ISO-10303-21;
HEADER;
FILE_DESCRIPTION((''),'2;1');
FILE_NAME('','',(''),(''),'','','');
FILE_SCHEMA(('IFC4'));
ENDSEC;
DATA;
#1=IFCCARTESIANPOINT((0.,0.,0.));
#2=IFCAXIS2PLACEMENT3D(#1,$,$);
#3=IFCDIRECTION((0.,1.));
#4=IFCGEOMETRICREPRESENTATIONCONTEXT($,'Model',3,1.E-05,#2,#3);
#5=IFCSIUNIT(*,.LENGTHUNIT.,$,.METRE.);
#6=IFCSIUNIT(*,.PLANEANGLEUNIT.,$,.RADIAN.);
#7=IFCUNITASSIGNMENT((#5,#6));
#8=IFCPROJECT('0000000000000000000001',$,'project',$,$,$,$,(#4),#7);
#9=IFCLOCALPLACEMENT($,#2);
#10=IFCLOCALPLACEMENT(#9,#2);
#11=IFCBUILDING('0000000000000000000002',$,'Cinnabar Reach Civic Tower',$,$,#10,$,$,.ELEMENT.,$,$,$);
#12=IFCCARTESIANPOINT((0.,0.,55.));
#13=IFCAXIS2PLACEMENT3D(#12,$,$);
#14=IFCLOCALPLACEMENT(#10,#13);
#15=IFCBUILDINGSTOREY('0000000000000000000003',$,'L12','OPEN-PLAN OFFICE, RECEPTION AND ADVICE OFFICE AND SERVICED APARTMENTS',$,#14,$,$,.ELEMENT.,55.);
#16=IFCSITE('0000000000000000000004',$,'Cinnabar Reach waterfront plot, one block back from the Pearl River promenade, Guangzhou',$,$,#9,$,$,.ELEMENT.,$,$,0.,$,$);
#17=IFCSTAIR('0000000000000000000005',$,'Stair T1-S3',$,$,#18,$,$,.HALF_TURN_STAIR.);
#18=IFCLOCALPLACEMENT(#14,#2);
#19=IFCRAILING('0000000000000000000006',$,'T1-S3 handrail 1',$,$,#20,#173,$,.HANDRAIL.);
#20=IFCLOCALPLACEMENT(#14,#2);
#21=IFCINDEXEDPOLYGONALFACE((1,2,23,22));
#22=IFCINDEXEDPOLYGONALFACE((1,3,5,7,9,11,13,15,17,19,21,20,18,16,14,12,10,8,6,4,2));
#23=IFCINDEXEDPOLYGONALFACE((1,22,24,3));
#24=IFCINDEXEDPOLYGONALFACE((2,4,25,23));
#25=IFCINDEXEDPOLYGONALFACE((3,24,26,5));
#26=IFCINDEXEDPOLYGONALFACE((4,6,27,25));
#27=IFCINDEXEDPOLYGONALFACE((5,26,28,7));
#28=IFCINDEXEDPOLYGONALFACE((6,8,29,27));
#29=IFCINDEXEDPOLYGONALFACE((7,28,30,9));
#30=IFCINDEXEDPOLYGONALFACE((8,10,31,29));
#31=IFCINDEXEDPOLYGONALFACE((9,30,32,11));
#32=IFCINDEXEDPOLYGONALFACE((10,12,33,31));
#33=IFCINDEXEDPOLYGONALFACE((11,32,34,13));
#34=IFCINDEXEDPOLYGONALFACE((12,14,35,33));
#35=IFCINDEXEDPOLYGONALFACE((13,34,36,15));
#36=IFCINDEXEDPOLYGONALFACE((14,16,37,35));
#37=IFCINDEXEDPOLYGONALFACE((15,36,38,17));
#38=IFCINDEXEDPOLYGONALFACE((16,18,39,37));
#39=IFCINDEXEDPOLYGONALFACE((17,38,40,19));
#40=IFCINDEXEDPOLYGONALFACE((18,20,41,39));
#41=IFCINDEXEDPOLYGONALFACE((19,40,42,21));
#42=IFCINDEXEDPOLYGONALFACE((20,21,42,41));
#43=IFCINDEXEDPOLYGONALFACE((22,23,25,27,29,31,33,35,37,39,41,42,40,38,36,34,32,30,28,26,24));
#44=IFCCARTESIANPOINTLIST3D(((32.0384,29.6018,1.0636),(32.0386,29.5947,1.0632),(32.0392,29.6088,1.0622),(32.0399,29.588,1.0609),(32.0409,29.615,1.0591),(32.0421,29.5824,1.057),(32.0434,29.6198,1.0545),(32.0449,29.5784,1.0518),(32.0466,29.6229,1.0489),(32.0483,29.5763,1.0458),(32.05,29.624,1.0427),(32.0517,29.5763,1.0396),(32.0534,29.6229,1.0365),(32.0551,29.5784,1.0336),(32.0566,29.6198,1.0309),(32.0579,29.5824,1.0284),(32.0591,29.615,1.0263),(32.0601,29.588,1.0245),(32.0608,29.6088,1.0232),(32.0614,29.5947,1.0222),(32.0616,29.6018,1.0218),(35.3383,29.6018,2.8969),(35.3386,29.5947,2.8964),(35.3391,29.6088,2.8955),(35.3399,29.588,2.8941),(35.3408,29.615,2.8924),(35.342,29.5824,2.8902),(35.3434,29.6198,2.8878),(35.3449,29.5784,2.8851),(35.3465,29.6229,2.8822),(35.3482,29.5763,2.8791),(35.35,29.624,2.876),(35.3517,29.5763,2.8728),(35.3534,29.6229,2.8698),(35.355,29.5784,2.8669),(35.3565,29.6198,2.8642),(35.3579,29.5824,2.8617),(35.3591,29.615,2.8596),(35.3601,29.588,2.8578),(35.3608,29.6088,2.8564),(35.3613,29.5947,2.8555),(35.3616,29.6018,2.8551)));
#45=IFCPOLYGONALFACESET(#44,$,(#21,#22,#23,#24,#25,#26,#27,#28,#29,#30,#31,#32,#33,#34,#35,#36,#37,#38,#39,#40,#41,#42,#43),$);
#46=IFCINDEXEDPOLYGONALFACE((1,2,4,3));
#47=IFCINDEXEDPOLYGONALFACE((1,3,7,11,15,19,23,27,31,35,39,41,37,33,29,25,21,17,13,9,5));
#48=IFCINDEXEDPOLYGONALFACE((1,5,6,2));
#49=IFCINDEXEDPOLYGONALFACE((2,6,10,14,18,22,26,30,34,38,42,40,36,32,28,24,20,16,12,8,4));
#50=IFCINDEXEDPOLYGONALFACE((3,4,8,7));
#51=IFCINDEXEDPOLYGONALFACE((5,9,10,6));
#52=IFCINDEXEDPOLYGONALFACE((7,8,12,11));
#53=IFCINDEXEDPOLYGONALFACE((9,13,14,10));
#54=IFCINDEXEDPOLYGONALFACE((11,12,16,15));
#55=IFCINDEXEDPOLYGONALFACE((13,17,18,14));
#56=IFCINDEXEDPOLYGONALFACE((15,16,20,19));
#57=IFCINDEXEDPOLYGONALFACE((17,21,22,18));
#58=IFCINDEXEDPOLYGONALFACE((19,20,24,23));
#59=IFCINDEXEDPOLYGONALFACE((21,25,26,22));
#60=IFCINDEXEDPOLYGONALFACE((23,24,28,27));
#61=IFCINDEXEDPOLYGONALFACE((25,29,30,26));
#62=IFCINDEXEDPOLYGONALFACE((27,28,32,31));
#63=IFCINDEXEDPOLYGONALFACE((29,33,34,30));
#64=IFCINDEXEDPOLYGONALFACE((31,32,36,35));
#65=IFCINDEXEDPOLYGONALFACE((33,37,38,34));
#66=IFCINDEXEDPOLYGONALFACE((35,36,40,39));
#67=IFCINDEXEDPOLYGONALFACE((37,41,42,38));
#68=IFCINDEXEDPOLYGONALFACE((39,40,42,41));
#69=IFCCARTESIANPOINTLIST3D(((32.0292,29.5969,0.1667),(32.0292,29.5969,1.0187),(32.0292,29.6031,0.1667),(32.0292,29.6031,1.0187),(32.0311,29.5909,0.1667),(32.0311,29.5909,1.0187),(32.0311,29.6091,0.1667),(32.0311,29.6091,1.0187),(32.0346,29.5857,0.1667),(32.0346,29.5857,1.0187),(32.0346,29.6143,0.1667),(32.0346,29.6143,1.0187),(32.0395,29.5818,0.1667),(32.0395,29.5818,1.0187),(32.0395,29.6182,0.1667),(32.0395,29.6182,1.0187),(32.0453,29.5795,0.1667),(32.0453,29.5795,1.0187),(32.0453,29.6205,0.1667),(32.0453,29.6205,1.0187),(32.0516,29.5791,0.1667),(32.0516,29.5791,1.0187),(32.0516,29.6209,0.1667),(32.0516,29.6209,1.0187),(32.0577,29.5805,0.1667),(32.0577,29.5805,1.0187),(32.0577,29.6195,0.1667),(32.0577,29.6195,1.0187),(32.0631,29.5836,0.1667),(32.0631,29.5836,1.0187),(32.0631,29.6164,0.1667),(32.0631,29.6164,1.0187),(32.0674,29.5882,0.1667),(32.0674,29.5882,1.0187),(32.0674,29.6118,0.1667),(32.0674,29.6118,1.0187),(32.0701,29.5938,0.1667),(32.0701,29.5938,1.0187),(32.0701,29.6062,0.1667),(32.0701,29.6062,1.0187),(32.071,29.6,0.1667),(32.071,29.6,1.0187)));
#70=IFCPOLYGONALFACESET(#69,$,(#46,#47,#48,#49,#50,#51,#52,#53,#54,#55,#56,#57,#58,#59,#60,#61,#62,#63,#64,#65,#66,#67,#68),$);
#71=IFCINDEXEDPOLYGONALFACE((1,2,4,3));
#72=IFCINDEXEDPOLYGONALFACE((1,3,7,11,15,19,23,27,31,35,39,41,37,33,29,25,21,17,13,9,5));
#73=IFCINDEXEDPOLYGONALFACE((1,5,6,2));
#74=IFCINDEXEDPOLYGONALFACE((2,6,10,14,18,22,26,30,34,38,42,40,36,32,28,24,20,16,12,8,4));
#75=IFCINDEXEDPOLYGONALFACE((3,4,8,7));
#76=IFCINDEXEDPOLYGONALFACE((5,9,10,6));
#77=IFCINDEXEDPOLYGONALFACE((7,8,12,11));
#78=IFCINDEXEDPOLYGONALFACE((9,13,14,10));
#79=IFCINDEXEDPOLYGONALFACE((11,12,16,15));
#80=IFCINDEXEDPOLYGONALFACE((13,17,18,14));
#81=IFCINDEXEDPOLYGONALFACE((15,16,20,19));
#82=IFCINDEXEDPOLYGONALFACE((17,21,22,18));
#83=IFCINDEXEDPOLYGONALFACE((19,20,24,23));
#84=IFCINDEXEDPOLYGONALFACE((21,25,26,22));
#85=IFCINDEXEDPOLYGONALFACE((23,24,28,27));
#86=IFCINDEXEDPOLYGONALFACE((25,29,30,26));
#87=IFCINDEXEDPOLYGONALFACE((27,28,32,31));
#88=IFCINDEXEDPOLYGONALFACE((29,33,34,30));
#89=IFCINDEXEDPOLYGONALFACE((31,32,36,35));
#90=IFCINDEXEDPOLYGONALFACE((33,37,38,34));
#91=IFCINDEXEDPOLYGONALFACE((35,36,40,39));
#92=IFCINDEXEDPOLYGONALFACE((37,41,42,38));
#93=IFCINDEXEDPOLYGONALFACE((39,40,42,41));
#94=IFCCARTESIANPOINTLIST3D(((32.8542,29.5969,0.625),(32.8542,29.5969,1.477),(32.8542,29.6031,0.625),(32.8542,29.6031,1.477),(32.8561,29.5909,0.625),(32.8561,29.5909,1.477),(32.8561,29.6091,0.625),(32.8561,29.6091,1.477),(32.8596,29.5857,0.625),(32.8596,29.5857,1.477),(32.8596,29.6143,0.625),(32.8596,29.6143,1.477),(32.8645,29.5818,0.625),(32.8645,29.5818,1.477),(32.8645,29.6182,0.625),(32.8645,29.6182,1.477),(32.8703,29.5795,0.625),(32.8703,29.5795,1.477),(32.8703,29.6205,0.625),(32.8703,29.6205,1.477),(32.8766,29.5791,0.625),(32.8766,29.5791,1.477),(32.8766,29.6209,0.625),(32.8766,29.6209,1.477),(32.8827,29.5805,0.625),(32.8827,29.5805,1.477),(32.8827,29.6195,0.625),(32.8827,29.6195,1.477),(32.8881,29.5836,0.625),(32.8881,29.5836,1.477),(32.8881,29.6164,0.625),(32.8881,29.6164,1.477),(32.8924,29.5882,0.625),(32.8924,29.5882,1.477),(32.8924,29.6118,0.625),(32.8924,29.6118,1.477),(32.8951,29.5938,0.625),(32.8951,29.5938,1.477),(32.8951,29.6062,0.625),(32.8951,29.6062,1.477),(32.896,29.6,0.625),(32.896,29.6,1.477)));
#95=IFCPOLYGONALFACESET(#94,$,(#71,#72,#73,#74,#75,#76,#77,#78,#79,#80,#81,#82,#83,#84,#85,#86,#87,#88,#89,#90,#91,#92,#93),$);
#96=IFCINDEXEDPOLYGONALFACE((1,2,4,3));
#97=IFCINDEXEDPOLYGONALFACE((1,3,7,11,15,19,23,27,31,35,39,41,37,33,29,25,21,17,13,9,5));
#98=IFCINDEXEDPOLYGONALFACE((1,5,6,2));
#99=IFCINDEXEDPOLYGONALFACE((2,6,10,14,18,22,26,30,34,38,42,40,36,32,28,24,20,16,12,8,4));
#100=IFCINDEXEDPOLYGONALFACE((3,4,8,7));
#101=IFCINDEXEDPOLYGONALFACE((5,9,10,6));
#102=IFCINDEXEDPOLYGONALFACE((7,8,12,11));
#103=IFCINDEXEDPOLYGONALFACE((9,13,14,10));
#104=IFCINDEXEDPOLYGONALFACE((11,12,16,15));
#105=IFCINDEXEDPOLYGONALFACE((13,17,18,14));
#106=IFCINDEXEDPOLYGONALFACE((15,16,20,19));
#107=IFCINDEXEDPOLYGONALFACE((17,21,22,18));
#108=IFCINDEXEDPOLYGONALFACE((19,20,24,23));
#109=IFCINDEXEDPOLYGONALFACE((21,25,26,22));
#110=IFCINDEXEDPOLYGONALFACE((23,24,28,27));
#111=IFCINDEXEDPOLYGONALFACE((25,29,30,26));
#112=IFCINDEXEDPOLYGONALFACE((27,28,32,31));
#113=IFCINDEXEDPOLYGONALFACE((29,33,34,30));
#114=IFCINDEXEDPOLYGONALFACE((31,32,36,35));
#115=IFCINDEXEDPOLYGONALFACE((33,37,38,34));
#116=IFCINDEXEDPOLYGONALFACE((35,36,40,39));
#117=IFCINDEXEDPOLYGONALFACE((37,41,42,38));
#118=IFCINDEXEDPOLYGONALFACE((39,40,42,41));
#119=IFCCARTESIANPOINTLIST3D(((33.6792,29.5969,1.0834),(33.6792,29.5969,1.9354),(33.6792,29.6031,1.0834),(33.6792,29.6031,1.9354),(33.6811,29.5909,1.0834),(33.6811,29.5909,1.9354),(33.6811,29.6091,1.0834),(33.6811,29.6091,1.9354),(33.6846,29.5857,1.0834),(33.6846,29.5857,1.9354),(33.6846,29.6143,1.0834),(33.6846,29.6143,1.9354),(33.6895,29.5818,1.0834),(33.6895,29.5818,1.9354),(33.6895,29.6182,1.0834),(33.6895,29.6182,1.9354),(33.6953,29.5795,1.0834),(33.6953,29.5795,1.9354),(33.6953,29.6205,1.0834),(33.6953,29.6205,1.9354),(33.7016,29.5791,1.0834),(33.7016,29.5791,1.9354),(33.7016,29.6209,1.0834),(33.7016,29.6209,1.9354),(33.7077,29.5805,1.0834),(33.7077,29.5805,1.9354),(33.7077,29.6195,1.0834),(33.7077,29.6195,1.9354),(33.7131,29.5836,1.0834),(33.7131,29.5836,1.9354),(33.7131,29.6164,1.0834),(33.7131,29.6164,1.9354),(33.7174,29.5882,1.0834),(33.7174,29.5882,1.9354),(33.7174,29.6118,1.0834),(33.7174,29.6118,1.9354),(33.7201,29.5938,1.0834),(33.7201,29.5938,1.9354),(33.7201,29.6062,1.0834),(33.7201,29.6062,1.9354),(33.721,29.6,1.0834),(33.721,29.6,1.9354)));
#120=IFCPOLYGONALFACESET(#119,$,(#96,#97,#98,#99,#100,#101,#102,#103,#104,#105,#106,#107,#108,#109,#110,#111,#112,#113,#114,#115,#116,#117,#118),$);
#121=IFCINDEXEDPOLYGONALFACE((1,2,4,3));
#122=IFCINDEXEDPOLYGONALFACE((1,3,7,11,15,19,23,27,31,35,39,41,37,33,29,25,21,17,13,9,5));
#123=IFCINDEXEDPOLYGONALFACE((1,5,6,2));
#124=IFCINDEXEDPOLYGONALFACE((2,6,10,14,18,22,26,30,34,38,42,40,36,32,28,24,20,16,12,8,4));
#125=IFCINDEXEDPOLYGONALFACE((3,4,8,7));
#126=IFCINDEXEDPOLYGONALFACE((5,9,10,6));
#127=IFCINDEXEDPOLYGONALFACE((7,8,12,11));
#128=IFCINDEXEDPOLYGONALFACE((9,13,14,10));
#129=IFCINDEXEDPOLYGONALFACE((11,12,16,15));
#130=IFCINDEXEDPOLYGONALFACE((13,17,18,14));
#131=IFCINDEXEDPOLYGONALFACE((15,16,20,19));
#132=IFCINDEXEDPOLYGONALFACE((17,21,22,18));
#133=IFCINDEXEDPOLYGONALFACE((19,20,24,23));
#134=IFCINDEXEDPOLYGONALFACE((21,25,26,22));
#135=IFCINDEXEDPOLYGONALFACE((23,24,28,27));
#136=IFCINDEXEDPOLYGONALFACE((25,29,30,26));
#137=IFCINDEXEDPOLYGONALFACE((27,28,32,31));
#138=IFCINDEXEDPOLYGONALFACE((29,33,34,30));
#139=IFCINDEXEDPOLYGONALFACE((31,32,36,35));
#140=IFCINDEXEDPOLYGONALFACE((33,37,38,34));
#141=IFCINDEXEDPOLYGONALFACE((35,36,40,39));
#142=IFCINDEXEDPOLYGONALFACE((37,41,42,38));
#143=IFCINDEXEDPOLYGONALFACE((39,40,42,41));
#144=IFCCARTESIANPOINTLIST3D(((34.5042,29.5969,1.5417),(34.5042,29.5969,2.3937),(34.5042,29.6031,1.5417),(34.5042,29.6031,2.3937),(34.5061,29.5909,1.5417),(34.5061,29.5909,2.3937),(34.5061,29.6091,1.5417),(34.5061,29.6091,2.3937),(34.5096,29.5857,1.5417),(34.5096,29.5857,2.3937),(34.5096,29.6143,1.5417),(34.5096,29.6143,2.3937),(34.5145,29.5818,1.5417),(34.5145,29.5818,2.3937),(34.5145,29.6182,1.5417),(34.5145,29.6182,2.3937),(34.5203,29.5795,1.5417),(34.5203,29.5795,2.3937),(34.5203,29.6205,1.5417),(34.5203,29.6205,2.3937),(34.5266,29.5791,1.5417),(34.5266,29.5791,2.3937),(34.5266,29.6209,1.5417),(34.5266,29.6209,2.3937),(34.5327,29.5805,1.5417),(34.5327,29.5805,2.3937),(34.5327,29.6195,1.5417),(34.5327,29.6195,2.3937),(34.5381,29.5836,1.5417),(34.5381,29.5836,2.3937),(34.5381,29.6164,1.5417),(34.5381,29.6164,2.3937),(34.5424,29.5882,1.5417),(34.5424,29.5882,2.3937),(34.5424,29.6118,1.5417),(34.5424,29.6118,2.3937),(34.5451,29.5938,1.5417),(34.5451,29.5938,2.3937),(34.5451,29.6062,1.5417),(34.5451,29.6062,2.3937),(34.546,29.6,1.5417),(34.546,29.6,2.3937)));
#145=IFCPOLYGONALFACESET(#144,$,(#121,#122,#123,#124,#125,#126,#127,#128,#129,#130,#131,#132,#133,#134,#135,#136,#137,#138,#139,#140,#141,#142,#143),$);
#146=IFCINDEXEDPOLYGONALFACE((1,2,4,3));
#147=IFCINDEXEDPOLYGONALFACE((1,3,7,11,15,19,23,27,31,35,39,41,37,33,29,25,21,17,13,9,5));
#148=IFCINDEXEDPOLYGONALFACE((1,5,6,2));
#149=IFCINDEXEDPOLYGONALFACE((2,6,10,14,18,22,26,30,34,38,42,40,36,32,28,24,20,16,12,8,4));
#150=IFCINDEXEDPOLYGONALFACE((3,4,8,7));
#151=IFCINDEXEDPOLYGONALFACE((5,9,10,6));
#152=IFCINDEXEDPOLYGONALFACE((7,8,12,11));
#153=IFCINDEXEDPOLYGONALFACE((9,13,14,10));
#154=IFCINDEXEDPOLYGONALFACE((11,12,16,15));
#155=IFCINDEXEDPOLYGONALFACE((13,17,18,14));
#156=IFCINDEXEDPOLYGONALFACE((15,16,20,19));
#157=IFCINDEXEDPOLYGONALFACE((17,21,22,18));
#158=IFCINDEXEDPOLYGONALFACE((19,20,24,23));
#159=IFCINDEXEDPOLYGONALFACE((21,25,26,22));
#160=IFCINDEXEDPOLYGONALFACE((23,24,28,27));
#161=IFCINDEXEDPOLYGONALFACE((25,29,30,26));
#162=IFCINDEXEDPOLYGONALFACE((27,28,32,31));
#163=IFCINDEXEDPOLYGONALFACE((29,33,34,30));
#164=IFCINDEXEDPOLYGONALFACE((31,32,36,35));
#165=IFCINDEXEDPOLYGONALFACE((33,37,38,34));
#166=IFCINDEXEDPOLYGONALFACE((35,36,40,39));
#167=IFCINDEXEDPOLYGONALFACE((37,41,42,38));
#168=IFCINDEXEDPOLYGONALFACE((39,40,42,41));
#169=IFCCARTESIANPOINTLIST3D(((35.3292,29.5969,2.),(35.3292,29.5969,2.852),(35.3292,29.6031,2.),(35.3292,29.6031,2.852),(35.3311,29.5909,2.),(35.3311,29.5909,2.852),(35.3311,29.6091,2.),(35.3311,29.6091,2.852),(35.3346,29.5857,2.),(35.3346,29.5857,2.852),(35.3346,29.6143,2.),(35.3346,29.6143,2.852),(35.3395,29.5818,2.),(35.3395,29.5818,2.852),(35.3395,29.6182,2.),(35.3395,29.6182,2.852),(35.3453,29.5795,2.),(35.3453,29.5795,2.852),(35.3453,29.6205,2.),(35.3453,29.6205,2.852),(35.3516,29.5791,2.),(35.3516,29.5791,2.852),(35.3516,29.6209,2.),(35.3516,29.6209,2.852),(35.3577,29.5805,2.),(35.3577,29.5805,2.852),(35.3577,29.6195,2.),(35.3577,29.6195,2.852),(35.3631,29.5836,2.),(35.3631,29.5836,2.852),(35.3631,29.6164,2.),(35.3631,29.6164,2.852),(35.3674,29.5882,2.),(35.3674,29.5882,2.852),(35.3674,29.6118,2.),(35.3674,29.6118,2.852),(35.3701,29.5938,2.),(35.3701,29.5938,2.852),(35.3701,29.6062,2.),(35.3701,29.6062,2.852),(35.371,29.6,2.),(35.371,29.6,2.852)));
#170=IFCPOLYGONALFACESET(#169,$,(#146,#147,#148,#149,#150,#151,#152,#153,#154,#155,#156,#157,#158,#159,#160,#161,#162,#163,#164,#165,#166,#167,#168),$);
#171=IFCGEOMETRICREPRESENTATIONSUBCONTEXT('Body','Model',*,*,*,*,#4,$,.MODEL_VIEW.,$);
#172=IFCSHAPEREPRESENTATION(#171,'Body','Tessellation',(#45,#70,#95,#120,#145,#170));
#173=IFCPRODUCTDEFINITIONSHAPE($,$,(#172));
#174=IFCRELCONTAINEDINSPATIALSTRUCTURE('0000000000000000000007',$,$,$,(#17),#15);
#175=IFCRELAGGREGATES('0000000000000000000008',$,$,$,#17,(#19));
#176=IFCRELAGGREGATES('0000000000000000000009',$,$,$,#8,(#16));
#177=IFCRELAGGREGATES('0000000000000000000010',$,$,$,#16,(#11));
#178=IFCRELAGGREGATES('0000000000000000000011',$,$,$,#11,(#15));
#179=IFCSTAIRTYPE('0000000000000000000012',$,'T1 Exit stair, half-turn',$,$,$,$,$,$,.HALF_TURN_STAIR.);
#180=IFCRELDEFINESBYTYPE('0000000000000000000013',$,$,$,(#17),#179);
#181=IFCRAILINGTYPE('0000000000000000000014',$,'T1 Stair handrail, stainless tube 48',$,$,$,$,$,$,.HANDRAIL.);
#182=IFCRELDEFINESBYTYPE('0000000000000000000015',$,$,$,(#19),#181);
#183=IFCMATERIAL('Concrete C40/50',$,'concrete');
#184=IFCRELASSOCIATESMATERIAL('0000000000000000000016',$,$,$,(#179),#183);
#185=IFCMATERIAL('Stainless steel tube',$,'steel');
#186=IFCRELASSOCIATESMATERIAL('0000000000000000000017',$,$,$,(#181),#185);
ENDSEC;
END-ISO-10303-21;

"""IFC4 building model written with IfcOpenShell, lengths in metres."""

from ifc_helpers import new_model, si_unit, direction, frame, origin, origin_2d, place, context, subcontext, project, spatial, circle, extrude, material, type_object, element, aggregate, save


model = new_model("IFC4")

# Units and contexts
model_context = context("Model", 3, precision=1e-05, world=origin(), true_north=direction((0.0, 1.0)))
body_context = subcontext(model_context, "Body", "Model", "MODEL_VIEW")
ifc_project = project(units=[si_unit("LENGTHUNIT", "METRE"), si_unit("PLANEANGLEUNIT", "RADIAN")], contexts=[model_context])

# Site, building, storey
site_placement = place(None, origin())
site = spatial("IfcSite", under=ifc_project, at=site_placement, Name="Cinnabar Reach waterfront plot, one block back from the Pearl River promenade, Guangzhou", CompositionType="ELEMENT", RefElevation=0.0)
building_placement = place(site_placement, origin())
building = spatial("IfcBuilding", under=site, at=building_placement, Name="Cinnabar Reach Civic Tower", CompositionType="ELEMENT")
storey_placement = place(building_placement, frame((0.0, 0.0, 55.0)))
storey = spatial("IfcBuildingStorey", under=building, at=storey_placement, Name="L12", Description="OPEN-PLAN OFFICE, RECEPTION AND ADVICE OFFICE AND SERVICED APARTMENTS", CompositionType="ELEMENT", Elevation=55.0)

# Stair, railing
ifc_material_1 = material(Name="Concrete C40/50", Category="concrete")
stair_type = type_object("IfcStairType", Name="T1 Exit stair, half-turn", PredefinedType="HALF_TURN_STAIR", material=ifc_material_1)
stair_placement = place(storey_placement, origin())
stair = element("IfcStair", 1, at=stair_placement, inside=storey, type_object=stair_type, Name="Stair T1-S3", PredefinedType="HALF_TURN_STAIR")
ifc_material_2 = material(Name="Stainless steel tube", Category="steel")
railing_type = type_object("IfcRailingType", Name="T1 Stair handrail, stainless tube 48", PredefinedType="HANDRAIL", material=ifc_material_2)
railing_placement = place(storey_placement, frame((32.05, 29.6, 0.1667)))
railing = element("IfcRailing", 2, at=railing_placement, type_object=railing_type, Name="T1-S3 handrail 1", PredefinedType="HANDRAIL", context=body_context, shape_type="SweptSolid", body=[
    extrude(circle(Radius=0.024, at=origin_2d()), frame((0.0, 0.0, 0.876), z_axis=(0.874161, 0.0, 0.485636), x_axis=(0.0, 1.0, 0.0)), (0.0, 0.0, 1.0), 3.775),
    extrude(circle(Radius=0.021, at=origin_2d()), origin(), (0.0, 0.0, 1.0), 0.852),
    extrude(circle(Radius=0.021, at=origin_2d()), frame((0.825, 0.0, 0.4583)), (0.0, 0.0, 1.0), 0.852),
    extrude(circle(Radius=0.021, at=origin_2d()), frame((1.65, 0.0, 0.9167)), (0.0, 0.0, 1.0), 0.852),
    extrude(circle(Radius=0.021, at=origin_2d()), frame((2.475, 0.0, 1.375)), (0.0, 0.0, 1.0), 0.852),
    extrude(circle(Radius=0.021, at=origin_2d()), frame((3.3, 0.0, 1.8333)), (0.0, 0.0, 1.0), 0.852),
])
aggregate(stair, [railing])

save(model, "model.ifc")
